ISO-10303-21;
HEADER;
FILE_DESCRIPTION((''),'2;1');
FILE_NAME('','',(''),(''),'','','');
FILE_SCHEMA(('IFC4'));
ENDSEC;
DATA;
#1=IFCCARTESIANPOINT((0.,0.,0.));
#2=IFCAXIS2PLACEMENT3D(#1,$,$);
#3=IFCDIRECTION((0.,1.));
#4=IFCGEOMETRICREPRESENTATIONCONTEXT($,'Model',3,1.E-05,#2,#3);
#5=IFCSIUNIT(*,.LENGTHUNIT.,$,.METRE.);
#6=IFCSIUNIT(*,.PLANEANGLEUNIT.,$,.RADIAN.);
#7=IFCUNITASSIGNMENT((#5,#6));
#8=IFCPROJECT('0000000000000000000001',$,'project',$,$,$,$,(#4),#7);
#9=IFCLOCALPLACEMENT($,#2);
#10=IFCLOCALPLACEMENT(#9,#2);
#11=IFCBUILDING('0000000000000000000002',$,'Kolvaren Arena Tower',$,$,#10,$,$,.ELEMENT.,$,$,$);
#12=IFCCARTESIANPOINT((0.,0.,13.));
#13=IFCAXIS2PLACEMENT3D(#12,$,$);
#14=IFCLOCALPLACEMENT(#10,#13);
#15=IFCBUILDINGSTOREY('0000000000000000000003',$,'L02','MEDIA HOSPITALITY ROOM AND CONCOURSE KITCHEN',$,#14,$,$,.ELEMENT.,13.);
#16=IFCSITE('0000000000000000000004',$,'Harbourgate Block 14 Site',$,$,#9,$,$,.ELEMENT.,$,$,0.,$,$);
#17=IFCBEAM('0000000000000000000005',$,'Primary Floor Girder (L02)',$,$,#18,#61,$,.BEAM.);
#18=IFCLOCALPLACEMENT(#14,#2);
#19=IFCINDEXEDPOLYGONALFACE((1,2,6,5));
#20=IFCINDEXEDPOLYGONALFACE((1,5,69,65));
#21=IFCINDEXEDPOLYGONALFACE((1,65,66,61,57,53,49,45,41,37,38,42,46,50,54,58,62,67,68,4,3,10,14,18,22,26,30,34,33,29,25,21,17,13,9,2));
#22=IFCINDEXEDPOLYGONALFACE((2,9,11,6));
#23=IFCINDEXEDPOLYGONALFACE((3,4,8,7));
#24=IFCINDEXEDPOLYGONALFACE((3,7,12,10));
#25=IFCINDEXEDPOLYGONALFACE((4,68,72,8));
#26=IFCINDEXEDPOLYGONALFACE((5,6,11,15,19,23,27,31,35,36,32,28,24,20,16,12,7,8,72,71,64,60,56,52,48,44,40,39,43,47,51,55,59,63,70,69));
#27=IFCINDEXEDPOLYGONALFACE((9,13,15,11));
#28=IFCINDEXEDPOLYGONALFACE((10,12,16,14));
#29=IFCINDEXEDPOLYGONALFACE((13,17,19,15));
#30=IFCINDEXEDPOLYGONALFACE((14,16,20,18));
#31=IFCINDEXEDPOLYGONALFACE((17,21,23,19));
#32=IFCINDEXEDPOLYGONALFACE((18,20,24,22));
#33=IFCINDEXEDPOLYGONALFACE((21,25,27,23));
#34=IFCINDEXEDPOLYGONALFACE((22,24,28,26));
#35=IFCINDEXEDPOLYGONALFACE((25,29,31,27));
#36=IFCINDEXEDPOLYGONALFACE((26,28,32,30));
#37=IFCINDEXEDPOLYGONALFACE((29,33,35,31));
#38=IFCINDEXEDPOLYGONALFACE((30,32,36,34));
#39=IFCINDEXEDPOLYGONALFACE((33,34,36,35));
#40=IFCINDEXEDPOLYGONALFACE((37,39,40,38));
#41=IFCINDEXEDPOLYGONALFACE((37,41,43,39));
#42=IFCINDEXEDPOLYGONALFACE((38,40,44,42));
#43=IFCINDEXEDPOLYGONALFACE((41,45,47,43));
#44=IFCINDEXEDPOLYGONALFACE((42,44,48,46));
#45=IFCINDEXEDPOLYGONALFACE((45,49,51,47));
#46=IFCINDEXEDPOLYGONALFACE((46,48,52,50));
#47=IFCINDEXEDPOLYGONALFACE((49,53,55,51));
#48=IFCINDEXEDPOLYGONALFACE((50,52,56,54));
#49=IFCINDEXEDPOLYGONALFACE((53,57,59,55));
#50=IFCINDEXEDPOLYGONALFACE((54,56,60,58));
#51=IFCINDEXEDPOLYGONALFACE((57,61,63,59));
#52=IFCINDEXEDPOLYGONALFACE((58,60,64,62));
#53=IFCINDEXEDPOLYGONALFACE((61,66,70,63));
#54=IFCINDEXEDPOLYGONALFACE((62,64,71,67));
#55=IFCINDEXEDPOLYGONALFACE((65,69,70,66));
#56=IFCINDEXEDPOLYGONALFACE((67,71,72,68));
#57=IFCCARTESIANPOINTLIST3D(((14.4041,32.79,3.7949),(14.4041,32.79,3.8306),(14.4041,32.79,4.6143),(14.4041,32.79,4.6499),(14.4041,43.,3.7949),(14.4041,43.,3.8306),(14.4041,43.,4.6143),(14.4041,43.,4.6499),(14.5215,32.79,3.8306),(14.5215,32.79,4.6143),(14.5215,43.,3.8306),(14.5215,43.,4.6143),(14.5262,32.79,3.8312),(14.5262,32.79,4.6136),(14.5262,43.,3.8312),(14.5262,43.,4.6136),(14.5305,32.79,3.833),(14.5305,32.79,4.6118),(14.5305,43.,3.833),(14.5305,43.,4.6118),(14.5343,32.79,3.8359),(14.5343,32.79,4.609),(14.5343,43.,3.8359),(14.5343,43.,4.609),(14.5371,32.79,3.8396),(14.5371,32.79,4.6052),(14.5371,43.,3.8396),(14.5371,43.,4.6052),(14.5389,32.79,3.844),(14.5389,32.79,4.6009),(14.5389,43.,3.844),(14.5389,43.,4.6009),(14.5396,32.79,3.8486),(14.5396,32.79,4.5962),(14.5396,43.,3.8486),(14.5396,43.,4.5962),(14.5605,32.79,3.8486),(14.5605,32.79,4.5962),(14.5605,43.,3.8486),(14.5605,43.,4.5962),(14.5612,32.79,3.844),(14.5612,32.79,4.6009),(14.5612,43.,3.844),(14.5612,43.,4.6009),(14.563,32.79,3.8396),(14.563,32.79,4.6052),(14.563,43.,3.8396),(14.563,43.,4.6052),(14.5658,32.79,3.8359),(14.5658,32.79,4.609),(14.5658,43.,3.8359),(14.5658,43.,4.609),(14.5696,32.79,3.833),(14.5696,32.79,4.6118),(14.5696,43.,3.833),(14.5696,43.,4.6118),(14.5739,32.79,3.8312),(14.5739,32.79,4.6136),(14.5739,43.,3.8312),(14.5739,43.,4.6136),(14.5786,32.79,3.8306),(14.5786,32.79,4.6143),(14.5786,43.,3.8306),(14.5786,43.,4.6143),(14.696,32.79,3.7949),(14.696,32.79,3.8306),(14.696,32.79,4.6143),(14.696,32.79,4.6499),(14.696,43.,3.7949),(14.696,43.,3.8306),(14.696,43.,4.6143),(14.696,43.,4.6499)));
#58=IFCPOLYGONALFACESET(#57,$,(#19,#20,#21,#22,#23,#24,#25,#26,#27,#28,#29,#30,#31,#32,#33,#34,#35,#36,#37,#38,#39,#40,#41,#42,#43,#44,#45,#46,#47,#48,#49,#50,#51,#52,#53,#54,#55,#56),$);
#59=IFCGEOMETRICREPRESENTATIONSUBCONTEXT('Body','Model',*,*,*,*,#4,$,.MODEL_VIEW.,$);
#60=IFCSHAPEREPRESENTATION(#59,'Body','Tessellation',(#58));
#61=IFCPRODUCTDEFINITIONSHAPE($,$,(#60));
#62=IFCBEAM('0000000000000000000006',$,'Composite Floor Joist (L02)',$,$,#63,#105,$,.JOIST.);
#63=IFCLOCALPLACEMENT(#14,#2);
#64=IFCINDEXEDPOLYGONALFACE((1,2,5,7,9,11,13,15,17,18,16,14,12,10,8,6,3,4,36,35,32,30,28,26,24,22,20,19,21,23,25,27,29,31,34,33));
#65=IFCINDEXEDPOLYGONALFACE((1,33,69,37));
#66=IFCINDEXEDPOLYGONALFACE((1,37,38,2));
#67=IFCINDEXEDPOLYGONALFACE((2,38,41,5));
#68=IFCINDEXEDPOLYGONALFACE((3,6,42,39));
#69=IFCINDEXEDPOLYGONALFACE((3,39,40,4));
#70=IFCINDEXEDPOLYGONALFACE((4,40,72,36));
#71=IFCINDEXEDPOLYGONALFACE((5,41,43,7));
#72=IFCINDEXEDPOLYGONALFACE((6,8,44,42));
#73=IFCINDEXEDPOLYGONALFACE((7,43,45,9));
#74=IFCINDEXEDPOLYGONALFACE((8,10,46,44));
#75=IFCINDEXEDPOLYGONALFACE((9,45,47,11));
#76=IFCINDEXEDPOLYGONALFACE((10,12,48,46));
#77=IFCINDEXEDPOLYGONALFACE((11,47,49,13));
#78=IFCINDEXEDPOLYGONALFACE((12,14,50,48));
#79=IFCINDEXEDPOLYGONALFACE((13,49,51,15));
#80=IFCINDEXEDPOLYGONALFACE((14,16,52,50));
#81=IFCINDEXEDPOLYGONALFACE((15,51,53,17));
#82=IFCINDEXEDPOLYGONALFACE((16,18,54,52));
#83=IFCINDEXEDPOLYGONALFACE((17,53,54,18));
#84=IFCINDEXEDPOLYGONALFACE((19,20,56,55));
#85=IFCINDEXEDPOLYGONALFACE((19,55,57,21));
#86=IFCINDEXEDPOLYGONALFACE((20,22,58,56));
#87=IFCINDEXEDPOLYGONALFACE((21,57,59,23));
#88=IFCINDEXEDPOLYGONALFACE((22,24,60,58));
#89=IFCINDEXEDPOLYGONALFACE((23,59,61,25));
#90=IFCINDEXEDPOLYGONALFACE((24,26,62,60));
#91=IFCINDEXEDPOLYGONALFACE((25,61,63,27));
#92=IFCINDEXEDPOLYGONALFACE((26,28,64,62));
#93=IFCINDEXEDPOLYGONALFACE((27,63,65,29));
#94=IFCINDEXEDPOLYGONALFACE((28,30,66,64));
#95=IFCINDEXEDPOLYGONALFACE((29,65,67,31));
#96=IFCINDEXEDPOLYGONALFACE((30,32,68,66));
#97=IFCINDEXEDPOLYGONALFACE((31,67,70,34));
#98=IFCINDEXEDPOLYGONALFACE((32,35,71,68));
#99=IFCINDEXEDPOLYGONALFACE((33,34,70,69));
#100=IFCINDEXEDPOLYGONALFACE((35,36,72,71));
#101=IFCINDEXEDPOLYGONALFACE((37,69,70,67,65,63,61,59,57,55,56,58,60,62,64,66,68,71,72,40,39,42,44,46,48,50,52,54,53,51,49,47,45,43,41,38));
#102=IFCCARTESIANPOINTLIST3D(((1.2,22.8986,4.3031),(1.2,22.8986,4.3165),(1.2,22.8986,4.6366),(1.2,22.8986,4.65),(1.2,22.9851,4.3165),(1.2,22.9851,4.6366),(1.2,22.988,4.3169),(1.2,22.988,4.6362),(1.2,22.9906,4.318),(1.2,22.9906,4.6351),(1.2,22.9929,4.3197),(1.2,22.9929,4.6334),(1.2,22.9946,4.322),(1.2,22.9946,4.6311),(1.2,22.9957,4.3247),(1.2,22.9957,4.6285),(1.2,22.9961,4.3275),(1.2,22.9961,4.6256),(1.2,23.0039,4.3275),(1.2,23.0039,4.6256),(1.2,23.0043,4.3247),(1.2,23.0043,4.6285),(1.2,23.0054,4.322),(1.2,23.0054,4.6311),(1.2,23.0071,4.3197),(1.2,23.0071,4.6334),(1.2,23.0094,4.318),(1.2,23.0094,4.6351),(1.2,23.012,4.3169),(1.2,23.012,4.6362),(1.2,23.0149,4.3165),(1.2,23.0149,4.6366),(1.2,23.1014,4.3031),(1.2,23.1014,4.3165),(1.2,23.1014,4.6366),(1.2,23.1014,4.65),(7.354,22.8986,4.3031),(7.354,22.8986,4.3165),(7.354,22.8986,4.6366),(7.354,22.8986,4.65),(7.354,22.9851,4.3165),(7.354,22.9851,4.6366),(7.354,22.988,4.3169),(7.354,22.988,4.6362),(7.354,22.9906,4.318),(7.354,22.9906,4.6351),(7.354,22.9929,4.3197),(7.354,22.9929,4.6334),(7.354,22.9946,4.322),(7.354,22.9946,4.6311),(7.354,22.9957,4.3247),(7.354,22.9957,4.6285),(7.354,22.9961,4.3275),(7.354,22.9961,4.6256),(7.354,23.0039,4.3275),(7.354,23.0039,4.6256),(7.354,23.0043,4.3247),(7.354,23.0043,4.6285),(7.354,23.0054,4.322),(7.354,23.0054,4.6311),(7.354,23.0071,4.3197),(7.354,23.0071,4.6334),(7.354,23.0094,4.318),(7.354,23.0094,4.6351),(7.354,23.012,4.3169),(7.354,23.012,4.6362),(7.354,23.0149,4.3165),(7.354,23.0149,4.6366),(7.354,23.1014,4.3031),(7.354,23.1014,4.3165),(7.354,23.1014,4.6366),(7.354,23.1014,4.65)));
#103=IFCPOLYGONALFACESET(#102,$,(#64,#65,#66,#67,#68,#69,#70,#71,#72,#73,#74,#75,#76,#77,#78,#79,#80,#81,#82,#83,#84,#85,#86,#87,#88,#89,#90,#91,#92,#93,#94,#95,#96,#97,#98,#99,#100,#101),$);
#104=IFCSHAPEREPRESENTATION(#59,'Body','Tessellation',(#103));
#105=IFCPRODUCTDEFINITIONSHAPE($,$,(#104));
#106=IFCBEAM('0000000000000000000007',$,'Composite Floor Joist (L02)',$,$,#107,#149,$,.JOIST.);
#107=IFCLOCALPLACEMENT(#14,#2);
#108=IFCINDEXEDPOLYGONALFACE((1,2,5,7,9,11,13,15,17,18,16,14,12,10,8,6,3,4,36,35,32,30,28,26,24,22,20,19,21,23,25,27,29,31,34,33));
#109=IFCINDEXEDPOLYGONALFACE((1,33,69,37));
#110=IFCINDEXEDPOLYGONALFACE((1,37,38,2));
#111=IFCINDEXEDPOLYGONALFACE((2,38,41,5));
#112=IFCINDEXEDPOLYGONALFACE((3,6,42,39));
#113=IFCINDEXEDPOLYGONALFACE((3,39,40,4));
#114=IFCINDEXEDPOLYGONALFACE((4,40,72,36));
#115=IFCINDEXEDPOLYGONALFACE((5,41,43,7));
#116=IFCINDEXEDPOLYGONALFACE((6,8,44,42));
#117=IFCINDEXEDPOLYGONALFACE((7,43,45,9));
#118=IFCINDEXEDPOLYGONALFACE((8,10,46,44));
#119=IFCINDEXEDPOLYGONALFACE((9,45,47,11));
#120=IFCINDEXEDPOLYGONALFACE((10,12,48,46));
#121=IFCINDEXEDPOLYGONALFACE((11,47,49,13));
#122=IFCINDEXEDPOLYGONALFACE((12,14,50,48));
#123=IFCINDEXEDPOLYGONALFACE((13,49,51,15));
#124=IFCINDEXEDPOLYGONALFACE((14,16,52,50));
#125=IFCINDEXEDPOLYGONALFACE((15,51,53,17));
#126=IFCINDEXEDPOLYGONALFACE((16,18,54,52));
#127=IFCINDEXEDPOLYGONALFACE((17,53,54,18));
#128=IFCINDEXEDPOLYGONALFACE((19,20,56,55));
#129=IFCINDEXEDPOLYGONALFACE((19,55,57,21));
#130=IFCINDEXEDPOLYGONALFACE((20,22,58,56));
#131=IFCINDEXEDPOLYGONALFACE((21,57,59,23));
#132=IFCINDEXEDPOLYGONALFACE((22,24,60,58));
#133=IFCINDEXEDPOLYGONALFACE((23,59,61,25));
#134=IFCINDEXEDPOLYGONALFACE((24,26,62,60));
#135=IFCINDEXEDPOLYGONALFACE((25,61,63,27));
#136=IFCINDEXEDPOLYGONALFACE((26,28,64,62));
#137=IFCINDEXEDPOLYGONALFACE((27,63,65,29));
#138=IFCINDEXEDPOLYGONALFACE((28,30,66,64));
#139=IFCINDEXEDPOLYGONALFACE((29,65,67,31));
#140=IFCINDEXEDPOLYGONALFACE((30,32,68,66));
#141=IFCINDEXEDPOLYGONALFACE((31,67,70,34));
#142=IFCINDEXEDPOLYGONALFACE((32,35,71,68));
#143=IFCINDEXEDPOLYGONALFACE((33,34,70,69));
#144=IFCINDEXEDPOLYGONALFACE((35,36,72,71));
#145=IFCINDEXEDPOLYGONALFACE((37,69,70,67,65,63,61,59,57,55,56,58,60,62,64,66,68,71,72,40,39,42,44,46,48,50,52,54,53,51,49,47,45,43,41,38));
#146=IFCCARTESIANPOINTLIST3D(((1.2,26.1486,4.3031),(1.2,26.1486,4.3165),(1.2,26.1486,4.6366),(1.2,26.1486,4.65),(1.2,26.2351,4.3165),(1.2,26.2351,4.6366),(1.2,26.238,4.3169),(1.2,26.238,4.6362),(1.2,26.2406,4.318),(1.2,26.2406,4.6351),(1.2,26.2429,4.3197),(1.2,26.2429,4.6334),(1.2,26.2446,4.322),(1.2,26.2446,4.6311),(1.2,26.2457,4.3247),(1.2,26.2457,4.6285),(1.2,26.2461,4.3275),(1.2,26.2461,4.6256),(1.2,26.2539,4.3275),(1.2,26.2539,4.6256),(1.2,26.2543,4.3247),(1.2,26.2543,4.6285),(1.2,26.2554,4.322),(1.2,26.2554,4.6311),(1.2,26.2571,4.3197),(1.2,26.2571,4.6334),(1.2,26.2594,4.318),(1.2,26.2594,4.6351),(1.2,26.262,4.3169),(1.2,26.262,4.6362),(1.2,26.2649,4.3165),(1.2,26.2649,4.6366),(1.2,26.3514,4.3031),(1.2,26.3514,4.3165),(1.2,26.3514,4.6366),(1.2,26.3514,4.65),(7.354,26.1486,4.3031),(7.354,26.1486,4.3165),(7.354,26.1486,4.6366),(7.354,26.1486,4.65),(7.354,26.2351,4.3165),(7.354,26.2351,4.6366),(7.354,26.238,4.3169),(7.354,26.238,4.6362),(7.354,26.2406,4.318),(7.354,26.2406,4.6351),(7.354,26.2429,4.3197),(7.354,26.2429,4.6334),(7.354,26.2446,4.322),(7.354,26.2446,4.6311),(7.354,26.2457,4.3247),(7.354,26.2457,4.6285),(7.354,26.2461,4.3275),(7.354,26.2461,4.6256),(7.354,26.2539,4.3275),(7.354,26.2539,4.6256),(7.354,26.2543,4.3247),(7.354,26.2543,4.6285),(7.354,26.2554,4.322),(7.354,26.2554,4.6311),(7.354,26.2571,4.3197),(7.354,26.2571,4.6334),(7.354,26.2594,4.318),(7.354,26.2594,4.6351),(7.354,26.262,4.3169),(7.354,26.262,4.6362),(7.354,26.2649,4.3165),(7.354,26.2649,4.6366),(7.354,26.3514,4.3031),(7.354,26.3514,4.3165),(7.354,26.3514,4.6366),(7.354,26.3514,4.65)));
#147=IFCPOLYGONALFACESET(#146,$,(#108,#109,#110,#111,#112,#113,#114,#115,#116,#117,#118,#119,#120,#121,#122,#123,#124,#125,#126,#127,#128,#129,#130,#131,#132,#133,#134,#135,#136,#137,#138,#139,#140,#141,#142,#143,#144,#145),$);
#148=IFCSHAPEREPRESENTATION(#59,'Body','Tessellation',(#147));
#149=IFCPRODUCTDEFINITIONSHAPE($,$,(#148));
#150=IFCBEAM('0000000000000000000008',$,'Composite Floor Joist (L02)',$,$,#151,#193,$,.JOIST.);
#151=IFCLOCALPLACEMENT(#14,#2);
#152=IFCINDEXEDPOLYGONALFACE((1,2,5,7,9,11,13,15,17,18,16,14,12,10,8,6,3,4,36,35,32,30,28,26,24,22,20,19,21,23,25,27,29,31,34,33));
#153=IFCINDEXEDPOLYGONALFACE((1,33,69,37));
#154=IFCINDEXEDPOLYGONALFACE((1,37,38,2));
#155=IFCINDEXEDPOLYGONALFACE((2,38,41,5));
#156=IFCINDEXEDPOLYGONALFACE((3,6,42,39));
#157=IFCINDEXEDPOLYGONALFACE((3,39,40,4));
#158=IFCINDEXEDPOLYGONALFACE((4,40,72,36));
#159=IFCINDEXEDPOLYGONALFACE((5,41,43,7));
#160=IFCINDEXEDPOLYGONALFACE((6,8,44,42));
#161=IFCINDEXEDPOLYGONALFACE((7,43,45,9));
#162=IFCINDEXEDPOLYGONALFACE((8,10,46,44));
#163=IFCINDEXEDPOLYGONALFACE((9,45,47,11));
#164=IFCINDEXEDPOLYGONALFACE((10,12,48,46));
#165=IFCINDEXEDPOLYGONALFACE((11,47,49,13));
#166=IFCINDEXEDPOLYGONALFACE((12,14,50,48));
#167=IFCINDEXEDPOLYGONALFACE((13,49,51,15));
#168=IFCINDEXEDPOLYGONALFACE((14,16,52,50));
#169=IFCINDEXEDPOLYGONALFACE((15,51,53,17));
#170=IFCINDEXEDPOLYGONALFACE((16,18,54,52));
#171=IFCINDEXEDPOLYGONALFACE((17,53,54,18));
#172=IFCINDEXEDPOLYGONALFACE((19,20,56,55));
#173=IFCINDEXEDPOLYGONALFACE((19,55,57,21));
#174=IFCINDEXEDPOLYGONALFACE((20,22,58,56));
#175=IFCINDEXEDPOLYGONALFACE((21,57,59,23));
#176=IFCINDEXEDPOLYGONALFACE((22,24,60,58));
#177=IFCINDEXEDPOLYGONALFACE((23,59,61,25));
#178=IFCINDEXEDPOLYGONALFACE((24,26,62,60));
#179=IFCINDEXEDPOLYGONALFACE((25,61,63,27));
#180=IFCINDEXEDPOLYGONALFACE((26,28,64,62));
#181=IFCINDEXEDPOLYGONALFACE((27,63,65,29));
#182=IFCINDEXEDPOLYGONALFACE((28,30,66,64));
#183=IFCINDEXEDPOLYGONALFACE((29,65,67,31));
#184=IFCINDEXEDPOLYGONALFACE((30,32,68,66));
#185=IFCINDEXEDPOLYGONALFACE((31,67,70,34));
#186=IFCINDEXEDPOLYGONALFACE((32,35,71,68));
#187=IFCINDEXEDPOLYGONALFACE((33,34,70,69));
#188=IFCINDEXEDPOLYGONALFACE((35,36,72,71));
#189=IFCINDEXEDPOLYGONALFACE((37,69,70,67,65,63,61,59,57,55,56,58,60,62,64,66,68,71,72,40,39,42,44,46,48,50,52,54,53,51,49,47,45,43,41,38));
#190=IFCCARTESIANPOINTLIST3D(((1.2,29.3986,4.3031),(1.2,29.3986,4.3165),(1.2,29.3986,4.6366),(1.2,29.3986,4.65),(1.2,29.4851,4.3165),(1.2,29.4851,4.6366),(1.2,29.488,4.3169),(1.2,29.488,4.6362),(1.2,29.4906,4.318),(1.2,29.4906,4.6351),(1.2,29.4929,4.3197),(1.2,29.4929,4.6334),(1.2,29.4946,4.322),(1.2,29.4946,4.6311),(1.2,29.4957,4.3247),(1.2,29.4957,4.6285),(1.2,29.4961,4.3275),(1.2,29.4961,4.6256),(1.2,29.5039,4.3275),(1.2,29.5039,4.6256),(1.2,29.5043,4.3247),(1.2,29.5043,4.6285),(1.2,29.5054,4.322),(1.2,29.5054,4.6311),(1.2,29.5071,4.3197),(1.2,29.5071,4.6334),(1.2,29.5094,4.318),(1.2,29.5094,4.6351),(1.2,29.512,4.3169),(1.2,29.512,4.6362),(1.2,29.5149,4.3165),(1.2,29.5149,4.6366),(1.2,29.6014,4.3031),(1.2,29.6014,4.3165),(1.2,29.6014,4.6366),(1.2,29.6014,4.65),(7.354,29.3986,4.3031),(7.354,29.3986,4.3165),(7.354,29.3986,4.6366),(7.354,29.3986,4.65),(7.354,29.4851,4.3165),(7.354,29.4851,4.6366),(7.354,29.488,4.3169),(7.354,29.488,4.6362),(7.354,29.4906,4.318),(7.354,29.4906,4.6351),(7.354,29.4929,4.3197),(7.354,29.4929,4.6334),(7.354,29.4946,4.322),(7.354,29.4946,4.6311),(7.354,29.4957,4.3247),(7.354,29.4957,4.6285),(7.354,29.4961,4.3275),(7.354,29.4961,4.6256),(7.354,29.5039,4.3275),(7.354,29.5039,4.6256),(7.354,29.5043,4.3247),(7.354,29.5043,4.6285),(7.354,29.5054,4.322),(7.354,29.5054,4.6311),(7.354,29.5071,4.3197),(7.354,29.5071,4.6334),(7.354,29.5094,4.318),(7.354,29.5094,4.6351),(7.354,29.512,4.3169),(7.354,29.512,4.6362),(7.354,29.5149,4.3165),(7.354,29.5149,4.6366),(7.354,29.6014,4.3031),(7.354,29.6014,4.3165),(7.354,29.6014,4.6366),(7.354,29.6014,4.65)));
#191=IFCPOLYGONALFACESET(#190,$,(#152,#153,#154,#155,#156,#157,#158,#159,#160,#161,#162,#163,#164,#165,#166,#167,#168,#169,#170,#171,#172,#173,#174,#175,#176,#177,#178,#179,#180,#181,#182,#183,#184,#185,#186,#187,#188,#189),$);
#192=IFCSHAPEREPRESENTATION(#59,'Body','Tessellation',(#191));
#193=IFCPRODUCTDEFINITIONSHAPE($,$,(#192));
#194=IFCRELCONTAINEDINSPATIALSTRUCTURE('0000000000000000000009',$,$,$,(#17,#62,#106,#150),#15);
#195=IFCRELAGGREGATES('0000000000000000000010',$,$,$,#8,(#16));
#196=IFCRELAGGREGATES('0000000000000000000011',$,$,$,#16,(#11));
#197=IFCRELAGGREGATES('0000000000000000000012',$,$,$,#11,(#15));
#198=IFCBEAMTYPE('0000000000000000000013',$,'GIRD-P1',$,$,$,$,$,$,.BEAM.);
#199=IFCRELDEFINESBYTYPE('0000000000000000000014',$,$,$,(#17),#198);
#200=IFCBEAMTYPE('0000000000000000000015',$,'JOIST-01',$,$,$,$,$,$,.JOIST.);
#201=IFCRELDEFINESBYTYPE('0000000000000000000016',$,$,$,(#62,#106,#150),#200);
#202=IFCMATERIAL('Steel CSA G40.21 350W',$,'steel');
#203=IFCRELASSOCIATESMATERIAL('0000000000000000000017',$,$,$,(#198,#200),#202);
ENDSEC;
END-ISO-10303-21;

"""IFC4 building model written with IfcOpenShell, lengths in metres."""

from ifc_helpers import new_model, si_unit, direction, frame, origin, origin_2d, place, context, subcontext, project, spatial, i_section, extrude, material, material_profile, profile_set, type_object, element, save


model = new_model("IFC4")

# Units and contexts
model_context = context("Model", 3, precision=1e-05, world=origin(), true_north=direction((0.0, 1.0)))
body_context = subcontext(model_context, "Body", "Model", "MODEL_VIEW")
ifc_project = project(units=[si_unit("LENGTHUNIT", "METRE"), si_unit("PLANEANGLEUNIT", "RADIAN")], contexts=[model_context])

# Site, building, storey
site_placement = place(None, origin())
site = spatial("IfcSite", under=ifc_project, at=site_placement, Name="Harbourgate Block 14 Site", CompositionType="ELEMENT", RefElevation=0.0)
building_placement = place(site_placement, origin())
building = spatial("IfcBuilding", under=site, at=building_placement, Name="Kolvaren Arena Tower", CompositionType="ELEMENT")
storey_placement = place(building_placement, frame((0.0, 0.0, 13.0)))
storey = spatial("IfcBuildingStorey", under=building, at=storey_placement, Name="L02", Description="MEDIA HOSPITALITY ROOM AND CONCOURSE KITCHEN", CompositionType="ELEMENT", Elevation=13.0)

# Beams
ifc_material_1 = material(Name="Steel CSA G40.21 350W", Category="steel")
ifc_material_profile_1 = material_profile(ifc_material_1, i_section(OverallWidth=0.292, OverallDepth=0.855, WebThickness=0.021, FlangeThickness=0.0356, FilletRadius=0.0181, at=origin_2d()), Name="W840x299")
ifc_profile_set_1 = profile_set([ifc_material_profile_1], Name="Steel CSA G40.21 350W")
beam_type_1 = type_object("IfcBeamType", Name="GIRD-P1", PredefinedType="BEAM", material=ifc_profile_set_1)
beam_1_placement = place(storey_placement, frame((14.55, 32.79, 4.2224), z_axis=(0.0, 1.0, 0.0), x_axis=(-1.0, 0.0, 0.0)))
element("IfcBeam", 1, at=beam_1_placement, inside=storey, type_object=beam_type_1, Name="Primary Floor Girder (L02)", PredefinedType="BEAM", context=body_context, shape_type="SweptSolid", body=[
    extrude(i_section(OverallWidth=0.292, OverallDepth=0.855, WebThickness=0.021, FlangeThickness=0.0356, FilletRadius=0.0181, at=origin_2d()), origin(), (0.0, 0.0, 1.0), 10.21),
])
ifc_material_profile_2 = material_profile(ifc_material_1, i_section(OverallWidth=0.2029, OverallDepth=0.3469, WebThickness=0.0078, FlangeThickness=0.0134, FilletRadius=0.011, at=origin_2d()), Name="W360x64")
ifc_profile_set_2 = profile_set([ifc_material_profile_2], Name="Steel CSA G40.21 350W")
beam_type_2 = type_object("IfcBeamType", Name="JOIST-01", PredefinedType="JOIST", material=ifc_profile_set_2)
for number, where, z_axis, x_axis, name in (
    (2, (1.2, 23.0, 4.4766), (1.0, 0.0, 0.0), (0.0, 1.0, 0.0), "Composite Floor Joist (L02)"),
    (3, (1.2, 26.25, 4.4766), (1.0, 0.0, 0.0), (0.0, 1.0, 0.0), "Composite Floor Joist (L02)"),
    (4, (1.2, 29.5, 4.4766), (1.0, 0.0, 0.0), (0.0, 1.0, 0.0), "Composite Floor Joist (L02)"),
):
    element("IfcBeam", number, at=place(storey_placement, frame(where, z_axis=z_axis, x_axis=x_axis)), inside=storey, type_object=beam_type_2, Name=name, PredefinedType="JOIST", context=body_context, shape_type="SweptSolid", body=[
        extrude(i_section(OverallWidth=0.2029, OverallDepth=0.3469, WebThickness=0.0078, FlangeThickness=0.0134, FilletRadius=0.011, at=origin_2d()), origin(), (0.0, 0.0, 1.0), 6.1541),
    ])

save(model, "model.ifc")
